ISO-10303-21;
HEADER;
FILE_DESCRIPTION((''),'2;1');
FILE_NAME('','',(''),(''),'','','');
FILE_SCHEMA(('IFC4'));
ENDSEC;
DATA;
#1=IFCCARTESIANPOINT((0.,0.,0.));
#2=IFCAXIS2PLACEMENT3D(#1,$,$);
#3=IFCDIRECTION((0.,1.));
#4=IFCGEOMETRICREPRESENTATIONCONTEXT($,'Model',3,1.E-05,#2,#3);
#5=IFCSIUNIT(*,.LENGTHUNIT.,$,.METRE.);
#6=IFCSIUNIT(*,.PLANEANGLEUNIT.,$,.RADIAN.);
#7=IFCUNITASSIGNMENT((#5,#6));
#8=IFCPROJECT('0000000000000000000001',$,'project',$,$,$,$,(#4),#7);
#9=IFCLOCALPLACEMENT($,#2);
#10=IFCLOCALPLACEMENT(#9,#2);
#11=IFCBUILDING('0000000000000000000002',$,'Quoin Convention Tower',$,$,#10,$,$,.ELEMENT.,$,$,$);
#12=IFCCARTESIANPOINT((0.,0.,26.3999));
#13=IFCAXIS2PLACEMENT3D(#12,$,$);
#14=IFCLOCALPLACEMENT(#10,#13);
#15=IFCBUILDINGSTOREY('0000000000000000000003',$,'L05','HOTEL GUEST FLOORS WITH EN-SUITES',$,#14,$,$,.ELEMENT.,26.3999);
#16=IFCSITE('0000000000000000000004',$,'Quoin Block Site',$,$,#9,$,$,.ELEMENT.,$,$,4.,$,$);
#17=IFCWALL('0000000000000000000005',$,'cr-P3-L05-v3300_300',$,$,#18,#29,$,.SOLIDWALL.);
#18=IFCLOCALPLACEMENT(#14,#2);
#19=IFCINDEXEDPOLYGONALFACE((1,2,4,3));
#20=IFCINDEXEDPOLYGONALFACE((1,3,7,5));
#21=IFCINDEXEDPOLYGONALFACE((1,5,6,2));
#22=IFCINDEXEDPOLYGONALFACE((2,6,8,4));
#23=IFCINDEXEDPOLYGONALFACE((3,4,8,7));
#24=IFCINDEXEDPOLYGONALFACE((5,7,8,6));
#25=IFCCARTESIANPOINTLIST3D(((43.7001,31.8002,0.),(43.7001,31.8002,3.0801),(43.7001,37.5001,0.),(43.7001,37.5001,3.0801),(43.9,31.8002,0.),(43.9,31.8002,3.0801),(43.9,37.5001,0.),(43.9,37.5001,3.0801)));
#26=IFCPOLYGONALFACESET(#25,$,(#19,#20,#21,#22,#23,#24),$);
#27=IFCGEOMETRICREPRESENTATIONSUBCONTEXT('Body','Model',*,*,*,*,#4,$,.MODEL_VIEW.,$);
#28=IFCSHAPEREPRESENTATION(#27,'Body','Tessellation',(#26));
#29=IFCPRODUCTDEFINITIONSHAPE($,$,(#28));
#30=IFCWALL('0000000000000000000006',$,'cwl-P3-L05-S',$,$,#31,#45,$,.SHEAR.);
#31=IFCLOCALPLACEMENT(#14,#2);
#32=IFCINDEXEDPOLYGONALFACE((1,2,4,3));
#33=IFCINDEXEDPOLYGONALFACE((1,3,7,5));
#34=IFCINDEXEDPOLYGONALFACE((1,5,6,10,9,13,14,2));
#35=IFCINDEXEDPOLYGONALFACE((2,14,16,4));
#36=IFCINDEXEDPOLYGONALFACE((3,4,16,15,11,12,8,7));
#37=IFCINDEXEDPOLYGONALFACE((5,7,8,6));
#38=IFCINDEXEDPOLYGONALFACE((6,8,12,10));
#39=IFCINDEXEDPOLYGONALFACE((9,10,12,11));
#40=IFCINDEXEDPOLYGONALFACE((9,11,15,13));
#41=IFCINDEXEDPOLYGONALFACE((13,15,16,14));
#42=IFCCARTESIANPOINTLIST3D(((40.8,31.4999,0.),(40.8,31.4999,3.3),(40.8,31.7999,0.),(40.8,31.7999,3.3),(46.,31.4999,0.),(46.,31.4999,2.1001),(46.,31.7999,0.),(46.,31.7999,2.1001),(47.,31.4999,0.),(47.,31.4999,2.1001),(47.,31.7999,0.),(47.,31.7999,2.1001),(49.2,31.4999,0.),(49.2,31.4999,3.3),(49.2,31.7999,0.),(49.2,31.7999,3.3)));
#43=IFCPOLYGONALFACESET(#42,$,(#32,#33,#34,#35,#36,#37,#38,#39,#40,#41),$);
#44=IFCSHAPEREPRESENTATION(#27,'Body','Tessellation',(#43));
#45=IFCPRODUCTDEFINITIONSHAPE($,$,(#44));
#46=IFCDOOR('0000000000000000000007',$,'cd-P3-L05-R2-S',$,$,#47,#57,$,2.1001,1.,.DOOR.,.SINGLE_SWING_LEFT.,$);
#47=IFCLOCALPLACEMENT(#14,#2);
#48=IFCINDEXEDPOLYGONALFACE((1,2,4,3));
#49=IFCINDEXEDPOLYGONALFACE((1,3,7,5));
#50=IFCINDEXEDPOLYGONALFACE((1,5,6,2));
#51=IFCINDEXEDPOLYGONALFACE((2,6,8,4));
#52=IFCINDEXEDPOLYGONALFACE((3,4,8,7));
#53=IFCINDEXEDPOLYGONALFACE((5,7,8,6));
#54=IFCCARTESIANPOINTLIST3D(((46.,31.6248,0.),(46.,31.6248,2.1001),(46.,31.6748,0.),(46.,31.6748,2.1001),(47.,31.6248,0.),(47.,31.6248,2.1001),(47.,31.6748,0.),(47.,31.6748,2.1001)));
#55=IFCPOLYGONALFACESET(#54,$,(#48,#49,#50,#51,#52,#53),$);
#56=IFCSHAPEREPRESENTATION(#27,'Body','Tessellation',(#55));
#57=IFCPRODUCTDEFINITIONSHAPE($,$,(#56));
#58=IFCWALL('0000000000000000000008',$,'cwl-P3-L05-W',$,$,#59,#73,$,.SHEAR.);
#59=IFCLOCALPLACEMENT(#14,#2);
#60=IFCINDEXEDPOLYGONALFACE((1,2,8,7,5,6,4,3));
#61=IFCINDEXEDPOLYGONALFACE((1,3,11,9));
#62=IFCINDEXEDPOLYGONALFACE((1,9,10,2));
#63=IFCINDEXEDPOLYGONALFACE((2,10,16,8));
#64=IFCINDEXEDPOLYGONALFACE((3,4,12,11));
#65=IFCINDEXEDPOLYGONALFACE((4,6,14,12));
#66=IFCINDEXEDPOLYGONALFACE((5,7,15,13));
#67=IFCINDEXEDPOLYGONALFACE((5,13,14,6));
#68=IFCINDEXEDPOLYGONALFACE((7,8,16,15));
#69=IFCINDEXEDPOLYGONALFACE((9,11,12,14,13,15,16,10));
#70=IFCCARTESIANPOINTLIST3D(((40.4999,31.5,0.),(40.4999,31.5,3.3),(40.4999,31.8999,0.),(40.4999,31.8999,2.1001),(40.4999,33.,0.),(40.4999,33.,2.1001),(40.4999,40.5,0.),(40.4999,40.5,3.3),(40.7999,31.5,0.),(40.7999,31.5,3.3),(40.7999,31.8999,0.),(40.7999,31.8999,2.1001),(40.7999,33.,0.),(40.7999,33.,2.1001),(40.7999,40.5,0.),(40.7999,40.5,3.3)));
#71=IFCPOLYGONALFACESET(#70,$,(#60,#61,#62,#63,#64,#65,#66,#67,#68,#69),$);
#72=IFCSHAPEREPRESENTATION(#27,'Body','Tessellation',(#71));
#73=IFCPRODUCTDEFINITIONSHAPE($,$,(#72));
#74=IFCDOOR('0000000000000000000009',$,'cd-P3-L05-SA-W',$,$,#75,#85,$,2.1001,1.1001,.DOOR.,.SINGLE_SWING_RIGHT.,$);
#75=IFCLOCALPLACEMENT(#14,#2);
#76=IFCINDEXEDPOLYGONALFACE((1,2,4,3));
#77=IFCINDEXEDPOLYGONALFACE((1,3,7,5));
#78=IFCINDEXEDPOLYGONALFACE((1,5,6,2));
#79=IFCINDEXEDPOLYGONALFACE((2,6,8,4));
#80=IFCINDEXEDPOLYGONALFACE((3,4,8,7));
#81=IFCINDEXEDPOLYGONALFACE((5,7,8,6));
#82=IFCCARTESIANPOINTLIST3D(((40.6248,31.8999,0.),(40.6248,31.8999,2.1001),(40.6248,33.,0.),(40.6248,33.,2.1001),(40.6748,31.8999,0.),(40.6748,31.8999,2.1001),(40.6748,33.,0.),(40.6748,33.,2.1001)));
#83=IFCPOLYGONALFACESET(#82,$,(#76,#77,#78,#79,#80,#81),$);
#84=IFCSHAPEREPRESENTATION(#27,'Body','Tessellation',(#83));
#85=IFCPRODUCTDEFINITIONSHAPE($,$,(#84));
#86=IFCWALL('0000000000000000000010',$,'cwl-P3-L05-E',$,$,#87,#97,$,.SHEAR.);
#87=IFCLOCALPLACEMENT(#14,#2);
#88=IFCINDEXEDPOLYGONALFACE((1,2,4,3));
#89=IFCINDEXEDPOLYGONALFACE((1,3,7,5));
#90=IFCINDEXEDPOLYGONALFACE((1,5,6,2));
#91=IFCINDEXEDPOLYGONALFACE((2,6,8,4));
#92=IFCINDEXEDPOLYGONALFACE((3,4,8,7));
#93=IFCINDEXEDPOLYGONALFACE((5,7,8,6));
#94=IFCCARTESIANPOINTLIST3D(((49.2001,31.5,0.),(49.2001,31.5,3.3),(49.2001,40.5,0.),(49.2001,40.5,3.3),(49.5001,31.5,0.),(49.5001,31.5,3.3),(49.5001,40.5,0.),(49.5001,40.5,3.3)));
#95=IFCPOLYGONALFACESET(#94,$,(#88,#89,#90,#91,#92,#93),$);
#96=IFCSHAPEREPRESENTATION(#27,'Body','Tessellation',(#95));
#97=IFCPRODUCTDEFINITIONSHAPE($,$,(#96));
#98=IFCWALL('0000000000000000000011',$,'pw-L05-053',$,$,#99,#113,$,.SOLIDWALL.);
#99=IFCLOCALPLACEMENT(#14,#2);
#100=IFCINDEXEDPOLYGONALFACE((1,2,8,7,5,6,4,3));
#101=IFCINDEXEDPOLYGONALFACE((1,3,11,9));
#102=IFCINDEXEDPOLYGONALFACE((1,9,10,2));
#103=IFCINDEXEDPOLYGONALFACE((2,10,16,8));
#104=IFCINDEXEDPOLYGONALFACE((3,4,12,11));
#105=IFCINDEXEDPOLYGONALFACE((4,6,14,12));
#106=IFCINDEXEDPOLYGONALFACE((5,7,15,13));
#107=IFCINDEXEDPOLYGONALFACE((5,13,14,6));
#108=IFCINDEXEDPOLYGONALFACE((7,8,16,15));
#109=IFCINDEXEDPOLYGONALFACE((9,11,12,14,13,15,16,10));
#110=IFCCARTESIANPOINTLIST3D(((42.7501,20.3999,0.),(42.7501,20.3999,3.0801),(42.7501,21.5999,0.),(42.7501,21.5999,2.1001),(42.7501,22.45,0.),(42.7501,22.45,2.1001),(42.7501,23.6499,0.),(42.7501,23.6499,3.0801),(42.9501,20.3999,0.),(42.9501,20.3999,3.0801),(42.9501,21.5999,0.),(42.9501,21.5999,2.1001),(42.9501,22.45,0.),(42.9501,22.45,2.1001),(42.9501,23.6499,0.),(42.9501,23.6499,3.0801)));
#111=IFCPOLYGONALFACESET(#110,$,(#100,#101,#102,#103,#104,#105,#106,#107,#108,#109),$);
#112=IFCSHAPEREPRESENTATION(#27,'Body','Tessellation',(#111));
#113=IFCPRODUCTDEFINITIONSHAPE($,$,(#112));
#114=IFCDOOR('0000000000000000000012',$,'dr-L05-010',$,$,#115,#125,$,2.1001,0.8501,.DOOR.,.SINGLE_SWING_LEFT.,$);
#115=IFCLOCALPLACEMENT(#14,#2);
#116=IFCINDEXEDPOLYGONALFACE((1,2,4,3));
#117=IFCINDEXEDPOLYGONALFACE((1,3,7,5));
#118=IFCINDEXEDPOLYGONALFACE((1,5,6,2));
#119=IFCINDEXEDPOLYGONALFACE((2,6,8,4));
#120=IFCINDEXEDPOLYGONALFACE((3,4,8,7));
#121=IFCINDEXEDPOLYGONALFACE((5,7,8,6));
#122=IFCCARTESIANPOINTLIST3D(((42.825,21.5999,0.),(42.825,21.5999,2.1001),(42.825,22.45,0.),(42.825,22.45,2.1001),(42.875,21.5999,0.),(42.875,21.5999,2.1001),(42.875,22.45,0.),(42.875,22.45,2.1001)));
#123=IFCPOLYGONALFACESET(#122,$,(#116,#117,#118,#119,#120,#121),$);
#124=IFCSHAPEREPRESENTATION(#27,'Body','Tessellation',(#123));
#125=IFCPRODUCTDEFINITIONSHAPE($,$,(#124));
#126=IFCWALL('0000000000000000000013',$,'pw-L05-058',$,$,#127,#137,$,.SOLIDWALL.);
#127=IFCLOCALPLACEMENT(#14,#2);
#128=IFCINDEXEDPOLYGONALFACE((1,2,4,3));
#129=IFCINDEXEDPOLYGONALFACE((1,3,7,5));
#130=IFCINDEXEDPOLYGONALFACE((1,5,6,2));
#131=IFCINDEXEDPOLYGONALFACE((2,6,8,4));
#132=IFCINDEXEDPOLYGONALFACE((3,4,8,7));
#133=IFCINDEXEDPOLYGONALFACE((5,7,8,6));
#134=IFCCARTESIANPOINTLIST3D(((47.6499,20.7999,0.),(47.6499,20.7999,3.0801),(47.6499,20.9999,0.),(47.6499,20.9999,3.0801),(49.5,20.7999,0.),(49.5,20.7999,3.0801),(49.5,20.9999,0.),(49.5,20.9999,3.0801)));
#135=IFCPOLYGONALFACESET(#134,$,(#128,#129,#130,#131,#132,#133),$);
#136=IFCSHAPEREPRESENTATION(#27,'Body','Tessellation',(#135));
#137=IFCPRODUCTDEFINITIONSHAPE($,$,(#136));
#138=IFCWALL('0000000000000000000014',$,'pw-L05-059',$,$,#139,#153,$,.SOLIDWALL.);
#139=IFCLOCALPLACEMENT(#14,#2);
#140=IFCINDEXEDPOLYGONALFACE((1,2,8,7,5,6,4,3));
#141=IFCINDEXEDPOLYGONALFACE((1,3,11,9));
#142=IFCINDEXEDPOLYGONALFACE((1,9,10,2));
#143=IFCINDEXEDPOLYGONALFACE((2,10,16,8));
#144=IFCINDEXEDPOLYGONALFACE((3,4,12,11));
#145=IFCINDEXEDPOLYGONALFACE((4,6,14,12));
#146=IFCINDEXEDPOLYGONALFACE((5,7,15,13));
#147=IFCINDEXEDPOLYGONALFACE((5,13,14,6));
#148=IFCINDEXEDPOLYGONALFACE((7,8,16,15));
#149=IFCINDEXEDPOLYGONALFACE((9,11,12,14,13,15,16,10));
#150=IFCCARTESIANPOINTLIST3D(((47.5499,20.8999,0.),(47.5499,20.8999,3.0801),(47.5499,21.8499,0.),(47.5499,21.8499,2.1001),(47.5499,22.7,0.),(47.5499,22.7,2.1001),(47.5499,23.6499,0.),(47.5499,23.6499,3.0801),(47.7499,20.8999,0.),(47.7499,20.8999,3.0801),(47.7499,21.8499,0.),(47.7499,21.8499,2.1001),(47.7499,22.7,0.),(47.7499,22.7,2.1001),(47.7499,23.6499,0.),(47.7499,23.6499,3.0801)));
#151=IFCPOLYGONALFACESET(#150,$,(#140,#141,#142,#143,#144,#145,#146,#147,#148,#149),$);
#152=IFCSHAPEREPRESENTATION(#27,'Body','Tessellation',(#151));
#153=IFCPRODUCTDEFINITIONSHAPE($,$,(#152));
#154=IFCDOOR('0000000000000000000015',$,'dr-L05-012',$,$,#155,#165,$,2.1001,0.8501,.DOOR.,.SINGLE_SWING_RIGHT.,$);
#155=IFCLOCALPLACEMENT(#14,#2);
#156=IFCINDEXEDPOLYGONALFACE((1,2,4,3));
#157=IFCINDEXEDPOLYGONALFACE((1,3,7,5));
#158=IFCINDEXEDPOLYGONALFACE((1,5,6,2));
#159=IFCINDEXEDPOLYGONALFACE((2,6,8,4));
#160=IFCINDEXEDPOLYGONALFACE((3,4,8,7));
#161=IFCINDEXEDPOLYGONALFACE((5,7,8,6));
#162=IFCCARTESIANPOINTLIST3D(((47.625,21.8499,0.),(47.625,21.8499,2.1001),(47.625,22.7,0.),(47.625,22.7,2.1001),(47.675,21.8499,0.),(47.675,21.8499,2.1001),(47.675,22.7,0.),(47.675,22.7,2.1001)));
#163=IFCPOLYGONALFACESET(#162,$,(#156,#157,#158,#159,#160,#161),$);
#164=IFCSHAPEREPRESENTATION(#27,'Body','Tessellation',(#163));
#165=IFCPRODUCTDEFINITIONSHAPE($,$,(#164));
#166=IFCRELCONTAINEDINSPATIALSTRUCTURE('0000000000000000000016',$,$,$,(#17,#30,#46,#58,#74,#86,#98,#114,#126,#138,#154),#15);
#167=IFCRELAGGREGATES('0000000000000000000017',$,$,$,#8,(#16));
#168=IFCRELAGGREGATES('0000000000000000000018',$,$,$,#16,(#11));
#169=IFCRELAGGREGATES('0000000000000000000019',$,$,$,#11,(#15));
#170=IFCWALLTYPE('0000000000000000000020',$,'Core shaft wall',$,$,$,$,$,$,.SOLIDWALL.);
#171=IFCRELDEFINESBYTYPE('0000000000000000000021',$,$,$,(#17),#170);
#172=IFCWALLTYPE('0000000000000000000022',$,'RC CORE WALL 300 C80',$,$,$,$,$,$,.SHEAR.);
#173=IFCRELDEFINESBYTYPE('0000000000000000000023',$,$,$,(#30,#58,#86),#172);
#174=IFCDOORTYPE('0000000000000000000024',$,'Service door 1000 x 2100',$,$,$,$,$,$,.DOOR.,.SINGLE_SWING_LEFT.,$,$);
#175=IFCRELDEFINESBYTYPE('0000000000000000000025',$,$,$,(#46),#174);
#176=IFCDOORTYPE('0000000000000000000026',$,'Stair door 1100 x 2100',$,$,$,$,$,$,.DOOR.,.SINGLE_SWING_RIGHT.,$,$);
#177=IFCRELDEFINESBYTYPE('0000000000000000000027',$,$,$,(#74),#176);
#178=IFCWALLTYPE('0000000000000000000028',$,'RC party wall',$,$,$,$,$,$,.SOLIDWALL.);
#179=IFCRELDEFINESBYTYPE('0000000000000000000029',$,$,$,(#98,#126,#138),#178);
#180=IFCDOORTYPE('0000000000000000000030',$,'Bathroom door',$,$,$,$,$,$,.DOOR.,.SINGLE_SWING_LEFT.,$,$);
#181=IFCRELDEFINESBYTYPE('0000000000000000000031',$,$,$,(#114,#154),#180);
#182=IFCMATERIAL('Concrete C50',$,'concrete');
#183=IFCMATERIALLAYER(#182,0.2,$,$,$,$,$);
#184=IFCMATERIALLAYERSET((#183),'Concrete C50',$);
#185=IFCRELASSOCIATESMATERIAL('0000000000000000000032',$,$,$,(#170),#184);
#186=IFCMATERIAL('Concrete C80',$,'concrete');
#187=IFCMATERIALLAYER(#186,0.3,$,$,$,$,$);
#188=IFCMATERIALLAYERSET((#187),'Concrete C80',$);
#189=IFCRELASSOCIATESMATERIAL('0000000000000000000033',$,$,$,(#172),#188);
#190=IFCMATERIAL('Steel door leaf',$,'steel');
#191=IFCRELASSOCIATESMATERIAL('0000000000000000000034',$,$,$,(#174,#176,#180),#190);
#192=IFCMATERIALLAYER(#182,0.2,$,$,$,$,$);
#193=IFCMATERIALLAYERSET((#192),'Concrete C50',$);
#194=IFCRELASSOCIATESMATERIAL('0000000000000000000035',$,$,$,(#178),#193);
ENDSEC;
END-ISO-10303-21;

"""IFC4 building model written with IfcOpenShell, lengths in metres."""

from ifc_helpers import new_model, si_unit, direction, frame, frame_2d, origin, place, context, subcontext, project, spatial, rectangle, extrude, material, layer, layer_set, type_object, element, fill, save


model = new_model("IFC4")

# Units and contexts
model_context = context("Model", 3, precision=1e-05, world=origin(), true_north=direction((0.0, 1.0)))
body_context = subcontext(model_context, "Body", "Model", "MODEL_VIEW")
ifc_project = project(units=[si_unit("LENGTHUNIT", "METRE"), si_unit("PLANEANGLEUNIT", "RADIAN")], contexts=[model_context])

# Site, building, storey
site_placement = place(None, origin())
site = spatial("IfcSite", under=ifc_project, at=site_placement, Name="Quoin Block Site", CompositionType="ELEMENT", RefElevation=4.0)
building_placement = place(site_placement, origin())
building = spatial("IfcBuilding", under=site, at=building_placement, Name="Quoin Convention Tower", CompositionType="ELEMENT")
storey_placement = place(building_placement, frame((0.0, 0.0, 26.3999)))
storey = spatial("IfcBuildingStorey", under=building, at=storey_placement, Name="L05", Description="HOTEL GUEST FLOORS WITH EN-SUITES", CompositionType="ELEMENT", Elevation=26.3999)

# Wall
ifc_material_1 = material(Name="Concrete C50", Category="concrete")
ifc_layer_1 = layer(ifc_material_1, 0.2)
ifc_layer_set_1 = layer_set([ifc_layer_1], Name="Concrete C50")
wall_type_1 = type_object("IfcWallType", Name="Core shaft wall", PredefinedType="SOLIDWALL", material=ifc_layer_set_1)
wall_1_placement = place(storey_placement, frame((43.8, 31.8, 0.0), z_axis=(0.0, 0.0, 1.0), x_axis=(0.0, 1.0, 0.0)))
element("IfcWall", 1, at=wall_1_placement, inside=storey, type_object=wall_type_1, Name="cr-P3-L05-v3300_300", PredefinedType="SOLIDWALL", context=body_context, shape_type="SweptSolid", body=[
    extrude(rectangle(XDim=5.7, YDim=0.2, at=frame_2d((2.8501, 0.0))), origin(), (0.0, 0.0, 1.0), 3.0801),
])

# Walls, openings, doors
ifc_material_2 = material(Name="Concrete C80", Category="concrete")
ifc_layer_2 = layer(ifc_material_2, 0.3)
ifc_layer_set_2 = layer_set([ifc_layer_2], Name="Concrete C80")
wall_type_2 = type_object("IfcWallType", Name="RC CORE WALL 300 C80", PredefinedType="SHEAR", material=ifc_layer_set_2)
wall_2_placement = place(storey_placement, frame((40.8, 31.6499, 0.0), z_axis=(0.0, 0.0, 1.0), x_axis=(1.0, 0.0, 0.0)))
wall_2 = element("IfcWall", 2, at=wall_2_placement, inside=storey, type_object=wall_type_2, Name="cwl-P3-L05-S", PredefinedType="SHEAR", context=body_context, shape_type="SweptSolid", body=[
    extrude(rectangle(XDim=8.3999, YDim=0.3, at=frame_2d((4.2, 0.0))), origin(), (0.0, 0.0, 1.0), 3.3),
])
opening_1_placement = place(wall_2_placement, frame((5.2, 0.0, 0.0)))
opening_1 = element("IfcOpeningElement", 3, at=opening_1_placement, cuts=wall_2, PredefinedType="OPENING", context=body_context, shape_type="SweptSolid", body=[
    extrude(rectangle(XDim=1.0, YDim=2.1001, at=frame_2d((0.5, 1.05))), frame((0.0, 0.1599, 0.0), z_axis=(0.0, -1.0, 0.0), x_axis=(1.0, 0.0, 0.0)), (0.0, 0.0, 1.0), 0.3201),
])
ifc_material_3 = material(Name="Steel door leaf", Category="steel")
door_type_1 = type_object("IfcDoorType", Name="Service door 1000 x 2100", OperationType="SINGLE_SWING_LEFT", PredefinedType="DOOR", material=ifc_material_3)
door_1_placement = place(opening_1_placement, origin())
door_1 = element("IfcDoor", 4, at=door_1_placement, inside=storey, type_object=door_type_1, Name="cd-P3-L05-R2-S", OperationType="SINGLE_SWING_LEFT", OverallHeight=2.1001, OverallWidth=1.0, PredefinedType="DOOR", context=body_context, shape_type="SweptSolid", body=[
    extrude(rectangle(XDim=1.0, YDim=2.1001, at=frame_2d((0.5, 1.05))), frame((0.0, 0.0249, 0.0), z_axis=(0.0, -1.0, 0.0), x_axis=(1.0, 0.0, 0.0)), (0.0, 0.0, 1.0), 0.05),
])
fill(opening_1, door_1)
wall_3_placement = place(storey_placement, frame((40.6499, 31.5, 0.0), z_axis=(0.0, 0.0, 1.0), x_axis=(0.0, 1.0, 0.0)))
wall_3 = element("IfcWall", 5, at=wall_3_placement, inside=storey, type_object=wall_type_2, Name="cwl-P3-L05-W", PredefinedType="SHEAR", context=body_context, shape_type="SweptSolid", body=[
    extrude(rectangle(XDim=9.0, YDim=0.3, at=frame_2d((4.5, 0.0))), origin(), (0.0, 0.0, 1.0), 3.3),
])
opening_2_placement = place(wall_3_placement, frame((0.3999, 0.0, 0.0)))
opening_2 = element("IfcOpeningElement", 6, at=opening_2_placement, cuts=wall_3, PredefinedType="OPENING", context=body_context, shape_type="SweptSolid", body=[
    extrude(rectangle(XDim=1.1001, YDim=2.1001, at=frame_2d((0.55, 1.05))), frame((0.0, 0.1599, 0.0), z_axis=(0.0, -1.0, 0.0), x_axis=(1.0, 0.0, 0.0)), (0.0, 0.0, 1.0), 0.3201),
])
door_type_2 = type_object("IfcDoorType", Name="Stair door 1100 x 2100", OperationType="SINGLE_SWING_RIGHT", PredefinedType="DOOR", material=ifc_material_3)
door_2_placement = place(opening_2_placement, frame((1.1001, 0.0, 0.0), z_axis=(0.0, 0.0, 1.0), x_axis=(-1.0, 0.0, 0.0)))
door_2 = element("IfcDoor", 7, at=door_2_placement, inside=storey, type_object=door_type_2, Name="cd-P3-L05-SA-W", OperationType="SINGLE_SWING_RIGHT", OverallHeight=2.1001, OverallWidth=1.1001, PredefinedType="DOOR", context=body_context, shape_type="SweptSolid", body=[
    extrude(rectangle(XDim=1.1001, YDim=2.1001, at=frame_2d((0.55, 1.05))), frame((0.0, 0.0249, 0.0), z_axis=(0.0, -1.0, 0.0), x_axis=(1.0, 0.0, 0.0)), (0.0, 0.0, 1.0), 0.05),
])
fill(opening_2, door_2)

# Wall
wall_4_placement = place(storey_placement, frame((49.3501, 31.5, 0.0), z_axis=(0.0, 0.0, 1.0), x_axis=(0.0, 1.0, 0.0)))
element("IfcWall", 8, at=wall_4_placement, inside=storey, type_object=wall_type_2, Name="cwl-P3-L05-E", PredefinedType="SHEAR", context=body_context, shape_type="SweptSolid", body=[
    extrude(rectangle(XDim=9.0, YDim=0.3, at=frame_2d((4.5, 0.0))), origin(), (0.0, 0.0, 1.0), 3.3),
])

# Wall, opening, door
ifc_layer_3 = layer(ifc_material_1, 0.2)
ifc_layer_set_3 = layer_set([ifc_layer_3], Name="Concrete C50")
wall_type_3 = type_object("IfcWallType", Name="RC party wall", PredefinedType="SOLIDWALL", material=ifc_layer_set_3)
wall_5_placement = place(storey_placement, frame((42.8501, 20.3999, 0.0), z_axis=(0.0, 0.0, 1.0), x_axis=(0.0, 1.0, 0.0)))
wall_5 = element("IfcWall", 9, at=wall_5_placement, inside=storey, type_object=wall_type_3, Name="pw-L05-053", PredefinedType="SOLIDWALL", context=body_context, shape_type="SweptSolid", body=[
    extrude(rectangle(XDim=3.25, YDim=0.2, at=frame_2d((1.625, 0.0))), origin(), (0.0, 0.0, 1.0), 3.0801),
])
opening_3_placement = place(wall_5_placement, frame((1.2, 0.0, 0.0)))
opening_3 = element("IfcOpeningElement", 10, at=opening_3_placement, cuts=wall_5, PredefinedType="OPENING", context=body_context, shape_type="SweptSolid", body=[
    extrude(rectangle(XDim=0.8501, YDim=2.1001, at=frame_2d((0.425, 1.05))), frame((0.0, 0.1099, 0.0), z_axis=(0.0, -1.0, 0.0), x_axis=(1.0, 0.0, 0.0)), (0.0, 0.0, 1.0), 0.22),
])
door_type_3 = type_object("IfcDoorType", Name="Bathroom door", OperationType="SINGLE_SWING_LEFT", PredefinedType="DOOR", material=ifc_material_3)
door_3_placement = place(opening_3_placement, frame((0.8501, 0.0, 0.0), z_axis=(0.0, 0.0, 1.0), x_axis=(-1.0, 0.0, 0.0)))
door_3 = element("IfcDoor", 11, at=door_3_placement, inside=storey, type_object=door_type_3, Name="dr-L05-010", OperationType="SINGLE_SWING_LEFT", OverallHeight=2.1001, OverallWidth=0.8501, PredefinedType="DOOR", context=body_context, shape_type="SweptSolid", body=[
    extrude(rectangle(XDim=0.8501, YDim=2.1001, at=frame_2d((0.425, 1.05))), frame((0.0, 0.0249, 0.0), z_axis=(0.0, -1.0, 0.0), x_axis=(1.0, 0.0, 0.0)), (0.0, 0.0, 1.0), 0.05),
])
fill(opening_3, door_3)

# Wall
wall_6_placement = place(storey_placement, frame((47.6499, 20.8999, 0.0), z_axis=(0.0, 0.0, 1.0), x_axis=(1.0, 0.0, 0.0)))
element("IfcWall", 12, at=wall_6_placement, inside=storey, type_object=wall_type_3, Name="pw-L05-058", PredefinedType="SOLIDWALL", context=body_context, shape_type="SweptSolid", body=[
    extrude(rectangle(XDim=1.8501, YDim=0.2, at=frame_2d((0.925, 0.0))), origin(), (0.0, 0.0, 1.0), 3.0801),
])

# Wall, opening, door
wall_7_placement = place(storey_placement, frame((47.6499, 20.8999, 0.0), z_axis=(0.0, 0.0, 1.0), x_axis=(0.0, 1.0, 0.0)))
wall_7 = element("IfcWall", 13, at=wall_7_placement, inside=storey, type_object=wall_type_3, Name="pw-L05-059", PredefinedType="SOLIDWALL", context=body_context, shape_type="SweptSolid", body=[
    extrude(rectangle(XDim=2.75, YDim=0.2, at=frame_2d((1.375, 0.0))), origin(), (0.0, 0.0, 1.0), 3.0801),
])
opening_4_placement = place(wall_7_placement, frame((0.95, 0.0, 0.0)))
opening_4 = element("IfcOpeningElement", 14, at=opening_4_placement, cuts=wall_7, PredefinedType="OPENING", context=body_context, shape_type="SweptSolid", body=[
    extrude(rectangle(XDim=0.8501, YDim=2.1001, at=frame_2d((0.425, 1.05))), frame((0.0, 0.1099, 0.0), z_axis=(0.0, -1.0, 0.0), x_axis=(1.0, 0.0, 0.0)), (0.0, 0.0, 1.0), 0.22),
])
door_4_placement = place(opening_4_placement, origin())
door_4 = element("IfcDoor", 15, at=door_4_placement, inside=storey, type_object=door_type_3, Name="dr-L05-012", OperationType="SINGLE_SWING_RIGHT", OverallHeight=2.1001, OverallWidth=0.8501, PredefinedType="DOOR", context=body_context, shape_type="SweptSolid", body=[
    extrude(rectangle(XDim=0.8501, YDim=2.1001, at=frame_2d((0.425, 1.05))), frame((0.0, 0.0249, 0.0), z_axis=(0.0, -1.0, 0.0), x_axis=(1.0, 0.0, 0.0)), (0.0, 0.0, 1.0), 0.05),
])
fill(opening_4, door_4)

save(model, "model.ifc")
